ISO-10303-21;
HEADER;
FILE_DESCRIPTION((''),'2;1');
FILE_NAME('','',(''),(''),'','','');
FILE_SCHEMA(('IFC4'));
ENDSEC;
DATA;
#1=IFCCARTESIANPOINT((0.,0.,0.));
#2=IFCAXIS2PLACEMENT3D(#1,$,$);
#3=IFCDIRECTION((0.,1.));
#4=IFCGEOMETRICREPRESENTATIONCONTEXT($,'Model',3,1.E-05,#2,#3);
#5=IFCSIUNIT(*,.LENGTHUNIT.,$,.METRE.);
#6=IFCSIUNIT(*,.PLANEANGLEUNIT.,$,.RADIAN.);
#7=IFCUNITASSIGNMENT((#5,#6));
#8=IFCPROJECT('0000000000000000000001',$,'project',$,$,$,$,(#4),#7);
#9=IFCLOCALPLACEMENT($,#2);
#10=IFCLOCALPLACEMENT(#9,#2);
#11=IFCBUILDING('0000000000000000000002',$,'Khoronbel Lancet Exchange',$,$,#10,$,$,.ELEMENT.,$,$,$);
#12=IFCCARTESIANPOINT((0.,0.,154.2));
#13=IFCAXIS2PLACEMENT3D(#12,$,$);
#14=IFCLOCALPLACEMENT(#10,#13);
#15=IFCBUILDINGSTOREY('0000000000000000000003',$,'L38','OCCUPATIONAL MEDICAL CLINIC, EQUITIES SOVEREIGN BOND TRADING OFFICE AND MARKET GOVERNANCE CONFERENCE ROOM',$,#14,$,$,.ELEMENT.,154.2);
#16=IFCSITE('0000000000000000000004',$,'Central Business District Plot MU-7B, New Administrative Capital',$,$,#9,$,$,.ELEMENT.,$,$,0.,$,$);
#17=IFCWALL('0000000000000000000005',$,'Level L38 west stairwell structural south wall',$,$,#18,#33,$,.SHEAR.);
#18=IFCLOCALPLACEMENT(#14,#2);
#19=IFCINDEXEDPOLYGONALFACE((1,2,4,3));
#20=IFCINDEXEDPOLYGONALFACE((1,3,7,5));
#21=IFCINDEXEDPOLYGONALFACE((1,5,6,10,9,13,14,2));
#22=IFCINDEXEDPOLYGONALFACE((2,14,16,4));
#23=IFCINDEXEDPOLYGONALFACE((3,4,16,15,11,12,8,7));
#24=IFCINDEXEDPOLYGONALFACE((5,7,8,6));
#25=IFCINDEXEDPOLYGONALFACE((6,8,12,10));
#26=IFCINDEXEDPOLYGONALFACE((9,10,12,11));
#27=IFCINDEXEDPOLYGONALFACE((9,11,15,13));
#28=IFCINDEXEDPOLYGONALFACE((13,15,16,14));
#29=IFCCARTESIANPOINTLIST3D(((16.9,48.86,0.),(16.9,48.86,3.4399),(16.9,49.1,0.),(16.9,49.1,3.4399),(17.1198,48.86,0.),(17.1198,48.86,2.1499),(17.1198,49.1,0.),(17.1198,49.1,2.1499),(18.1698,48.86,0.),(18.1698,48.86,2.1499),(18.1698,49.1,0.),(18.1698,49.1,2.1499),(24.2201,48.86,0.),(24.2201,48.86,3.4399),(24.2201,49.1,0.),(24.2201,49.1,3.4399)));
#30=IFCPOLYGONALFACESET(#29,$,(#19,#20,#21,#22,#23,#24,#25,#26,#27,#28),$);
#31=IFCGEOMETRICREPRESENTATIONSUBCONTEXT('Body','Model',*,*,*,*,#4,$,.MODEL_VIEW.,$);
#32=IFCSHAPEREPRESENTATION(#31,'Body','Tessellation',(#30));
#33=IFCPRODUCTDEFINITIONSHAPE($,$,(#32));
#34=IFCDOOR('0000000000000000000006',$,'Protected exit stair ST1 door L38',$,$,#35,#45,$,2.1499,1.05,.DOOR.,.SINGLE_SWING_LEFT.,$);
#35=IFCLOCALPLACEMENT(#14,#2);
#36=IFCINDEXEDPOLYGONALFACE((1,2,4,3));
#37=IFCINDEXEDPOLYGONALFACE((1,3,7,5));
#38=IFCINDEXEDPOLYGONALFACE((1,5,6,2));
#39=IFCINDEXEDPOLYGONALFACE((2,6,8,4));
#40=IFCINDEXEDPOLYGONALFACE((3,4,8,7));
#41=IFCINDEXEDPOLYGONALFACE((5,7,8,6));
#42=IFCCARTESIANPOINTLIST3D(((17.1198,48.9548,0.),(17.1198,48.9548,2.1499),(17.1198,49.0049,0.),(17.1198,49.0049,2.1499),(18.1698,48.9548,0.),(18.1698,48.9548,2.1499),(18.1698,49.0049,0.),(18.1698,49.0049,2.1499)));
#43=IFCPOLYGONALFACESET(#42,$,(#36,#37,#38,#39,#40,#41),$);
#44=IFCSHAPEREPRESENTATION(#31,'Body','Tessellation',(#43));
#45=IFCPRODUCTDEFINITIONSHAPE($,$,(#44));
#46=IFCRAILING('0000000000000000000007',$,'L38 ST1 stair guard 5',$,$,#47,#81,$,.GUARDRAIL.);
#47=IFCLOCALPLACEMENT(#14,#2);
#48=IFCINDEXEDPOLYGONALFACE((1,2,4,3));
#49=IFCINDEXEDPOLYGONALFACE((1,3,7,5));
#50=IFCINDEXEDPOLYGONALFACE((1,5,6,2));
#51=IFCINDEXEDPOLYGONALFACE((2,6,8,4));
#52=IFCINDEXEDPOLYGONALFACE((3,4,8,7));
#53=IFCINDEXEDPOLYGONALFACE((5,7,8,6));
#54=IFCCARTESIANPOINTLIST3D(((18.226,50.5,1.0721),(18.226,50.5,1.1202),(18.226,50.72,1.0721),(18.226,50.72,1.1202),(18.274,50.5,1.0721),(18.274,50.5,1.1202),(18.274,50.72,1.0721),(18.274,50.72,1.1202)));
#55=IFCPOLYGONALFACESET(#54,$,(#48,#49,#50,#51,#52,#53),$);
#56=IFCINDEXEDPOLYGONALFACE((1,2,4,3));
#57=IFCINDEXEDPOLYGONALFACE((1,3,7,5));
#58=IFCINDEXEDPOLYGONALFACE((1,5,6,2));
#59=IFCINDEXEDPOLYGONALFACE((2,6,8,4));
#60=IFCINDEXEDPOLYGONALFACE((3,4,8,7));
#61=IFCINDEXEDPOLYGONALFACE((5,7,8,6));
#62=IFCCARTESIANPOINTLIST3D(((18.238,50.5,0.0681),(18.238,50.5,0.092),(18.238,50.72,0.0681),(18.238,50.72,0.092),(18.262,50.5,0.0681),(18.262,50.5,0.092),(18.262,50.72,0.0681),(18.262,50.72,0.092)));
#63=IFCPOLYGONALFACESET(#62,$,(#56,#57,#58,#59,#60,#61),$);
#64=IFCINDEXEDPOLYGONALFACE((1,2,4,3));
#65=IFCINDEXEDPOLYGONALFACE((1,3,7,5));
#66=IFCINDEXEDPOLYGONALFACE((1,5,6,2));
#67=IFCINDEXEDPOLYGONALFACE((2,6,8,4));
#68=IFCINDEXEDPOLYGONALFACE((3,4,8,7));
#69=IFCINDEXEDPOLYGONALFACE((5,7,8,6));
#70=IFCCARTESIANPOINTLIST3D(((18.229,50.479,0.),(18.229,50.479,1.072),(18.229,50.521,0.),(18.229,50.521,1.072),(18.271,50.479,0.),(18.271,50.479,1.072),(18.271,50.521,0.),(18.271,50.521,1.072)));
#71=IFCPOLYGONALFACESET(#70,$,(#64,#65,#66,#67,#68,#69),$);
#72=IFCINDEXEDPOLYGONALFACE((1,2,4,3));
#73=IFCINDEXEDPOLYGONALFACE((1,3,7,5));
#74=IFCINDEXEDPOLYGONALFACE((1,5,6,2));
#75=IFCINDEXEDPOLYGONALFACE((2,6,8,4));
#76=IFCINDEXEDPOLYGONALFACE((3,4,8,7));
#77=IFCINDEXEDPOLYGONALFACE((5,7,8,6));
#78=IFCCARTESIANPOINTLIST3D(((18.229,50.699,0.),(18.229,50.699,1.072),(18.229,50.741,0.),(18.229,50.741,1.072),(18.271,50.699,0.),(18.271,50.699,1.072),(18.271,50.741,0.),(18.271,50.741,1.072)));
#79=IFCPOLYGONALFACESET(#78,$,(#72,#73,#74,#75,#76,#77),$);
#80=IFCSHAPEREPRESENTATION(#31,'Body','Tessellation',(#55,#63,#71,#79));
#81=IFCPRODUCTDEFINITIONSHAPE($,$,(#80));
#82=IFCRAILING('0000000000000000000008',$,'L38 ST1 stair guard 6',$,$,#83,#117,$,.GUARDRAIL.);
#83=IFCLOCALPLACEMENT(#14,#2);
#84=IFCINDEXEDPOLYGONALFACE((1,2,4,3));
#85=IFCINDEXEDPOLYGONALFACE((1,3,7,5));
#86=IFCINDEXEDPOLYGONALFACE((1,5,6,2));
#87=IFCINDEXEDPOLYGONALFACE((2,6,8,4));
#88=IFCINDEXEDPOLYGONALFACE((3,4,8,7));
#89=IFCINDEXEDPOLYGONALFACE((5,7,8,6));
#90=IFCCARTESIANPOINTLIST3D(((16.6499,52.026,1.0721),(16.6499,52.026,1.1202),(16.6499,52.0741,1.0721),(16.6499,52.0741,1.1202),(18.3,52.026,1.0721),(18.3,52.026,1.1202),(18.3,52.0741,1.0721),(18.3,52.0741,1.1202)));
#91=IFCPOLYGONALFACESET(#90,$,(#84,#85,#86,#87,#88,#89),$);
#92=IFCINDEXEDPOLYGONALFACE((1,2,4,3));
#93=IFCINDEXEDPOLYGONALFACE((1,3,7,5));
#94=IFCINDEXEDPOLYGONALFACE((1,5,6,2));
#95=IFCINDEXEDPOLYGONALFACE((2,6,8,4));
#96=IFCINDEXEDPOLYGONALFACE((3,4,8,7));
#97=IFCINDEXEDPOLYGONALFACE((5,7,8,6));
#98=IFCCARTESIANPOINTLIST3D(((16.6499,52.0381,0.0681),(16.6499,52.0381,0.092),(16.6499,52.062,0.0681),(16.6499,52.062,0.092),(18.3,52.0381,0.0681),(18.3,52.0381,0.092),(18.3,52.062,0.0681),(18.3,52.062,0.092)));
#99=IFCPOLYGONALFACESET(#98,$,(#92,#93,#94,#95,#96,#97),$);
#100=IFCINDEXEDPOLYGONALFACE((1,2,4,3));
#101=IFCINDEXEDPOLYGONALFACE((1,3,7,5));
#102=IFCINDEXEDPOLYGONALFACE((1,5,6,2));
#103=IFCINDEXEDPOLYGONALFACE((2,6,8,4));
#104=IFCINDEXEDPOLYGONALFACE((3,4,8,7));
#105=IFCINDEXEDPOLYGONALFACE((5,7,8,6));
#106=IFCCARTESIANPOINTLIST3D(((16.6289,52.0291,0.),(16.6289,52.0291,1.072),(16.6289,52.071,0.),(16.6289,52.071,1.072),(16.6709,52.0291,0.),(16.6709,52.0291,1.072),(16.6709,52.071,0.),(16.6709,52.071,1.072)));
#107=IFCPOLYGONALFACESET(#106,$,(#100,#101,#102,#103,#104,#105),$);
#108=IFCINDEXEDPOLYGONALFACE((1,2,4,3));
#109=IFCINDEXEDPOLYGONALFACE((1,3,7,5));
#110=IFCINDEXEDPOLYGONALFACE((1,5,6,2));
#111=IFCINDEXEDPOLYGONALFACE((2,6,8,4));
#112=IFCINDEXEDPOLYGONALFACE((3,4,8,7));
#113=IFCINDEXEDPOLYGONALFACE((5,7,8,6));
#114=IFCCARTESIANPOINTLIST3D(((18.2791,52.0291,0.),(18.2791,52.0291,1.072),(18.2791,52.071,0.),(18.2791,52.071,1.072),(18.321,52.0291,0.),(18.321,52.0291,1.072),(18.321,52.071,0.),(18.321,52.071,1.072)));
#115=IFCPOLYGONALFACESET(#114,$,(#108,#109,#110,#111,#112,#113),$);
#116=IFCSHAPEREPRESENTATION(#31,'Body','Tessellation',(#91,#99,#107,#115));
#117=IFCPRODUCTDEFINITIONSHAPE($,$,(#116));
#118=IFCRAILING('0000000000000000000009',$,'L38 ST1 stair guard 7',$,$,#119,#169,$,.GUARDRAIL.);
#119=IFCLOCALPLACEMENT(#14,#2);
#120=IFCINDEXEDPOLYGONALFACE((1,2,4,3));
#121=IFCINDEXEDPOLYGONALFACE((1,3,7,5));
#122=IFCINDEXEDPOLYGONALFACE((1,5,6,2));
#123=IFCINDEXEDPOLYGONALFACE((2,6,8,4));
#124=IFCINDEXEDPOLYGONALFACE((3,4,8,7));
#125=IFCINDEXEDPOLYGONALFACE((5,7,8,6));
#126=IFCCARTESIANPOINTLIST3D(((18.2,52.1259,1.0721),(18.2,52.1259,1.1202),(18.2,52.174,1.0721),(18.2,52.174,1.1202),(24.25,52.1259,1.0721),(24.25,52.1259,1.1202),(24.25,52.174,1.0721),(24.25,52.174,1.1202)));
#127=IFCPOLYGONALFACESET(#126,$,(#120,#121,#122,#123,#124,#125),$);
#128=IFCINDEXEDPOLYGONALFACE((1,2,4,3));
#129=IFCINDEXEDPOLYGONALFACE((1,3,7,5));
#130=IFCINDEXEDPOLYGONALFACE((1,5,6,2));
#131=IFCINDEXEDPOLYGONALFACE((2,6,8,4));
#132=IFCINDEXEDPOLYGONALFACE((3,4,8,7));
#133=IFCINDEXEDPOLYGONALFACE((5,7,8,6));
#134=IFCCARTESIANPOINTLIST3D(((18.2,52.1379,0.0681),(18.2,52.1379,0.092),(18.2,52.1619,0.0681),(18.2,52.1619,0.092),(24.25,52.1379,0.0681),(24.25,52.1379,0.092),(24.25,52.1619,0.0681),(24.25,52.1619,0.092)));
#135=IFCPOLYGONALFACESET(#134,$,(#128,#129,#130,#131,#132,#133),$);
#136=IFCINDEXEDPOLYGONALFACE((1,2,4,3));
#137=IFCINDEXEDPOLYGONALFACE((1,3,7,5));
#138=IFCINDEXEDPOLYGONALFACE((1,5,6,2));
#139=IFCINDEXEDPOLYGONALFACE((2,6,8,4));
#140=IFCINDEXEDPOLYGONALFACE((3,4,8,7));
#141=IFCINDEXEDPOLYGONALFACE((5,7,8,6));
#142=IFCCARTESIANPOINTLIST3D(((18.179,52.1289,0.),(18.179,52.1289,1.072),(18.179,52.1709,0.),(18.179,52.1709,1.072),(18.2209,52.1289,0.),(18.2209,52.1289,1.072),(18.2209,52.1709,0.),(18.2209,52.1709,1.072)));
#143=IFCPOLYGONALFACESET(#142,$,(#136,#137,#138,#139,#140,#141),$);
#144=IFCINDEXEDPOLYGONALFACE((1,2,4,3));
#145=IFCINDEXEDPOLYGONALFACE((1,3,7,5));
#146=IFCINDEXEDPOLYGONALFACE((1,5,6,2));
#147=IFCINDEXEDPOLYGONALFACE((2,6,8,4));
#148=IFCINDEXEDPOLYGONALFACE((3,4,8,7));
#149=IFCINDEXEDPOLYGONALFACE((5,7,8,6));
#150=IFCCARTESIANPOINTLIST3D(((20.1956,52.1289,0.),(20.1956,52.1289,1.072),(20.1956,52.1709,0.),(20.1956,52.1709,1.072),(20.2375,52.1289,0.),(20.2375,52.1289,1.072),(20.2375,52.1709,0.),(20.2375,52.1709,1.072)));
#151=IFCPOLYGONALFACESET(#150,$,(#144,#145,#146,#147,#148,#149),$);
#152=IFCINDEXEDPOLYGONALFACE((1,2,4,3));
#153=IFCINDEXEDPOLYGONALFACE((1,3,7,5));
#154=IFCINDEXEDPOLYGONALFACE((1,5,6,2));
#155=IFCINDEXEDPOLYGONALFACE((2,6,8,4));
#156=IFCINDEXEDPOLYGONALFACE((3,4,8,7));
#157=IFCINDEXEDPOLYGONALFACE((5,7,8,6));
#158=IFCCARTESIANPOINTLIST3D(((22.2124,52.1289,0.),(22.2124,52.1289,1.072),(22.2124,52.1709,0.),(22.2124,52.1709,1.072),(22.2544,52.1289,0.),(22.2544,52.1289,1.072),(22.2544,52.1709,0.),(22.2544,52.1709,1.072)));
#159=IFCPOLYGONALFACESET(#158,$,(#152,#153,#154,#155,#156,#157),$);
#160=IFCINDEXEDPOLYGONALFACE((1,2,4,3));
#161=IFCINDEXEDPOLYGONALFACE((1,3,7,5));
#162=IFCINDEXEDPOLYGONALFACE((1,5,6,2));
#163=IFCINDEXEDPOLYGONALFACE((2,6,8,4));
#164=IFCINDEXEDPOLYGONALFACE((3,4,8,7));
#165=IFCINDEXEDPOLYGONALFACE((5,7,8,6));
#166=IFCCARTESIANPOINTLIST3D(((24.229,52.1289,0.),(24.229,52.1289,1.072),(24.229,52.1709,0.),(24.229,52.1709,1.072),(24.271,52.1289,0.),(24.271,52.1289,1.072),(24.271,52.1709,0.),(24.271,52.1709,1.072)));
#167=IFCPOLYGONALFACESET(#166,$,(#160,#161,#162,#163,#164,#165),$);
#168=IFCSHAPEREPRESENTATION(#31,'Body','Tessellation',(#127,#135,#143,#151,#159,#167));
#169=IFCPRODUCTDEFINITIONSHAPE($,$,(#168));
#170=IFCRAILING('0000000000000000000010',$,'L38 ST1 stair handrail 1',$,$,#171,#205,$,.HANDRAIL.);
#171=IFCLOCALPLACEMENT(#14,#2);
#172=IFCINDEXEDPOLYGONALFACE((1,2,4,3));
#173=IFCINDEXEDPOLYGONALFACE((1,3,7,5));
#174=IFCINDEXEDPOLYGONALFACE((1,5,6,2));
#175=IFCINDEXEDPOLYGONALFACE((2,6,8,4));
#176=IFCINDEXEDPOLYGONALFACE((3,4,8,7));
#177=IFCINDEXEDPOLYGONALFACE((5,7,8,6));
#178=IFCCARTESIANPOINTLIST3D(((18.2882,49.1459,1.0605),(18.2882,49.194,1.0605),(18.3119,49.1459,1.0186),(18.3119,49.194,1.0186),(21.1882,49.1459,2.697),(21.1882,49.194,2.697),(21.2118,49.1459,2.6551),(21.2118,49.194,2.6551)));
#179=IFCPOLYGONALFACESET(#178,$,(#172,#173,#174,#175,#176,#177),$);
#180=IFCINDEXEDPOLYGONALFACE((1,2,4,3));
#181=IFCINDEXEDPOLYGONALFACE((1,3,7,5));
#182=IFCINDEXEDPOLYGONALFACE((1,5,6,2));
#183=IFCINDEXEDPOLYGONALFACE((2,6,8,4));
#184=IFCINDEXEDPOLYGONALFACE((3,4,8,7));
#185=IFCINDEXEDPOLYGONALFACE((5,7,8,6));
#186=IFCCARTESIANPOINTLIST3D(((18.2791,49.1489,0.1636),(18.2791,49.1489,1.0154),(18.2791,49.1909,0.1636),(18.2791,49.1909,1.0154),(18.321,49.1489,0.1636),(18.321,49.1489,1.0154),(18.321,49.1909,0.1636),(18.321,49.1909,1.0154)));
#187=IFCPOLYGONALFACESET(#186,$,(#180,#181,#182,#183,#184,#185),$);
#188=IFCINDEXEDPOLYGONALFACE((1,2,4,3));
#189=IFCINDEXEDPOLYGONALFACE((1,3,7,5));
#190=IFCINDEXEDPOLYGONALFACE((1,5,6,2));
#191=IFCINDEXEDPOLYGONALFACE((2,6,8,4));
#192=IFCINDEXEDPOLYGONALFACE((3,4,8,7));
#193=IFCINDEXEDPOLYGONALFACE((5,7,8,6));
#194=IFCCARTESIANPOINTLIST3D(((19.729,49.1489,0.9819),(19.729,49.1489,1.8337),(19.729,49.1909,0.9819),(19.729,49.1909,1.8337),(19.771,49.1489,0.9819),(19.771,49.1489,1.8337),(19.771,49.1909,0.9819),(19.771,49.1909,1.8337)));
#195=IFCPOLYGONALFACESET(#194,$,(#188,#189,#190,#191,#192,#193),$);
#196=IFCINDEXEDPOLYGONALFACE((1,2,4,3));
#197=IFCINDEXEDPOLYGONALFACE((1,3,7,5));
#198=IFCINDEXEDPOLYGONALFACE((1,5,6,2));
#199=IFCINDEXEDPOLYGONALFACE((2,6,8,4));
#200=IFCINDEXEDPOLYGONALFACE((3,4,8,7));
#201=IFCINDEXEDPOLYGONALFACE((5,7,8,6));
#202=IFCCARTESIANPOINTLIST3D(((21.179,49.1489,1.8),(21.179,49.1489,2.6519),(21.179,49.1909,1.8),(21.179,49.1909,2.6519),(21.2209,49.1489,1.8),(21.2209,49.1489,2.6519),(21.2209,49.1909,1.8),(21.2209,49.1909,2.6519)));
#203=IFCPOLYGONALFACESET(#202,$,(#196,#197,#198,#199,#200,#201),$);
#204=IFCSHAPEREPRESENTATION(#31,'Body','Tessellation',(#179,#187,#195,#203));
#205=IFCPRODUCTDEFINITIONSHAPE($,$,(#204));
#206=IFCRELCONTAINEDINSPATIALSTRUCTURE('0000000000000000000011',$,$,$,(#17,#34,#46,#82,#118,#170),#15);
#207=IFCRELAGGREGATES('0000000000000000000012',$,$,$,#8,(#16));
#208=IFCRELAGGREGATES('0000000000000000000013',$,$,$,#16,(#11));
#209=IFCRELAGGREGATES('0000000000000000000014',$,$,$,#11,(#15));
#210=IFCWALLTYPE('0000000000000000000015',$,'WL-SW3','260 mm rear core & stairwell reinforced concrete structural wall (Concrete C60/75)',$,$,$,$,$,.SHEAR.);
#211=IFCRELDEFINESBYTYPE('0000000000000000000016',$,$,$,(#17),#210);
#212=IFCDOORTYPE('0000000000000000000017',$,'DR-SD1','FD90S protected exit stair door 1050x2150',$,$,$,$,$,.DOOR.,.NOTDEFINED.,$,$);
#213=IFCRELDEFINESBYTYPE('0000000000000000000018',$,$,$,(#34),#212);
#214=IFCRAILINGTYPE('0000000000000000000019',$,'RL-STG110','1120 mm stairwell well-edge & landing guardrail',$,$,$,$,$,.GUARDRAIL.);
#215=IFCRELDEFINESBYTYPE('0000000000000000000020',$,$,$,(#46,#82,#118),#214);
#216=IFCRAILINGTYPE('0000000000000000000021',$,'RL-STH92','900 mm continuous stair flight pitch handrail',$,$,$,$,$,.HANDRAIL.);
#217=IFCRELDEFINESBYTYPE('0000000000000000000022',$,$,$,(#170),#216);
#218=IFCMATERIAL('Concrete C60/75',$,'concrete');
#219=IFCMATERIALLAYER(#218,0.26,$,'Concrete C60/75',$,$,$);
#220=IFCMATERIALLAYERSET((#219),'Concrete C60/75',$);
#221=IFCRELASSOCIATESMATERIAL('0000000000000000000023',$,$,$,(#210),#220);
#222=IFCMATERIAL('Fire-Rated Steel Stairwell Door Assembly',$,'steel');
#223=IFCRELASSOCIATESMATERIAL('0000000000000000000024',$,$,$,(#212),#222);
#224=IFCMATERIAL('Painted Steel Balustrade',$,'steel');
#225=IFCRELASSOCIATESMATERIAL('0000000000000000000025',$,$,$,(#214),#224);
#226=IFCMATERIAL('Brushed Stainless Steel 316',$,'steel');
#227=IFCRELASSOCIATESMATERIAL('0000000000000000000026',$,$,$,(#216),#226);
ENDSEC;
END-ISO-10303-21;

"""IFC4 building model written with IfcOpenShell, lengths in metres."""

from ifc_helpers import new_model, si_unit, direction, frame, frame_2d, origin, origin_2d, place, context, subcontext, project, spatial, rectangle, extrude, material, layer, layer_set, type_object, element, fill, save


model = new_model("IFC4")

# Units and contexts
model_context = context("Model", 3, precision=1e-05, world=origin(), true_north=direction((0.0, 1.0)))
body_context = subcontext(model_context, "Body", "Model", "MODEL_VIEW")
ifc_project = project(units=[si_unit("LENGTHUNIT", "METRE"), si_unit("PLANEANGLEUNIT", "RADIAN")], contexts=[model_context])

# Site, building, storey
site_placement = place(None, origin())
site = spatial("IfcSite", under=ifc_project, at=site_placement, Name="Central Business District Plot MU-7B, New Administrative Capital", CompositionType="ELEMENT", RefElevation=0.0)
building_placement = place(site_placement, origin())
building = spatial("IfcBuilding", under=site, at=building_placement, Name="Khoronbel Lancet Exchange", CompositionType="ELEMENT")
storey_placement = place(building_placement, frame((0.0, 0.0, 154.2)))
storey = spatial("IfcBuildingStorey", under=building, at=storey_placement, Name="L38", Description="OCCUPATIONAL MEDICAL CLINIC, EQUITIES SOVEREIGN BOND TRADING OFFICE AND MARKET GOVERNANCE CONFERENCE ROOM", CompositionType="ELEMENT", Elevation=154.2)

# Wall, opening, door
ifc_material_1 = material(Name="Concrete C60/75", Category="concrete")
ifc_layer_1 = layer(ifc_material_1, 0.26, Name="Concrete C60/75")
ifc_layer_set_1 = layer_set([ifc_layer_1], Name="Concrete C60/75")
wall_type_1 = type_object("IfcWallType", Name="WL-SW3", Description="260 mm rear core & stairwell reinforced concrete structural wall (Concrete C60/75)", PredefinedType="SHEAR", material=ifc_layer_set_1)
wall_1_placement = place(storey_placement, frame((16.8999, 48.98, 0.0), z_axis=(0.0, 0.0, 1.0), x_axis=(1.0, 0.0, 0.0)))
wall_1 = element("IfcWall", 1, at=wall_1_placement, inside=storey, type_object=wall_type_1, Name="Level L38 west stairwell structural south wall", PredefinedType="SHEAR", context=body_context, shape_type="SweptSolid", body=[
    extrude(rectangle(XDim=7.3201, YDim=0.24, at=frame_2d((3.6602, 0.0))), origin(), (0.0, 0.0, 1.0), 3.4399),
])
opening_placement = place(wall_1_placement, frame((0.22, 0.0, 0.0)))
opening = element("IfcOpeningElement", 2, at=opening_placement, cuts=wall_1, PredefinedType="OPENING", context=body_context, shape_type="SweptSolid", body=[
    extrude(rectangle(XDim=1.05, YDim=2.1499, at=frame_2d((0.5249, 1.075))), frame((0.0, 0.1299, 0.0), z_axis=(0.0, -1.0, 0.0), x_axis=(1.0, 0.0, 0.0)), (0.0, 0.0, 1.0), 0.26),
])
ifc_material_2 = material(Name="Fire-Rated Steel Stairwell Door Assembly", Category="steel")
door_type = type_object("IfcDoorType", Name="DR-SD1", Description="FD90S protected exit stair door 1050x2150", OperationType="NOTDEFINED", PredefinedType="DOOR", material=ifc_material_2)
door_placement = place(opening_placement, origin())
door = element("IfcDoor", 3, at=door_placement, inside=storey, type_object=door_type, Name="Protected exit stair ST1 door L38", OperationType="SINGLE_SWING_LEFT", OverallHeight=2.1499, OverallWidth=1.05, PredefinedType="DOOR", context=body_context, shape_type="SweptSolid", body=[
    extrude(rectangle(XDim=1.05, YDim=2.1499, at=frame_2d((0.5249, 1.075))), frame((0.0, 0.0249, 0.0), z_axis=(0.0, -1.0, 0.0), x_axis=(1.0, 0.0, 0.0)), (0.0, 0.0, 1.0), 0.05),
])
fill(opening, door)

# Railings
ifc_material_3 = material(Name="Painted Steel Balustrade", Category="steel")
railing_type_1 = type_object("IfcRailingType", Name="RL-STG110", Description="1120 mm stairwell well-edge & landing guardrail", PredefinedType="GUARDRAIL", material=ifc_material_3)
railing_1_placement = place(storey_placement, frame((18.25, 50.5, 0.0)))
element("IfcRailing", 4, at=railing_1_placement, inside=storey, type_object=railing_type_1, Name="L38 ST1 stair guard 5", PredefinedType="GUARDRAIL", context=body_context, shape_type="SweptSolid", body=[
    extrude(rectangle(XDim=0.0481, YDim=0.0481, at=origin_2d()), frame((0.0, 0.0, 1.0962), z_axis=(0.0, 1.0, 0.0), x_axis=(-1.0, 0.0, 0.0)), (0.0, 0.0, 1.0), 0.22),
    extrude(rectangle(XDim=0.0239, YDim=0.0239, at=origin_2d()), frame((0.0, 0.0, 0.0801), z_axis=(0.0, 1.0, 0.0), x_axis=(-1.0, 0.0, 0.0)), (0.0, 0.0, 1.0), 0.22),
    extrude(rectangle(XDim=0.042, YDim=0.042, at=origin_2d()), origin(), (0.0, 0.0, 1.0), 1.072),
    extrude(rectangle(XDim=0.042, YDim=0.042, at=origin_2d()), frame((0.0, 0.22, 0.0)), (0.0, 0.0, 1.0), 1.072),
])
railing_2_placement = place(storey_placement, frame((16.6499, 52.05, 0.0)))
element("IfcRailing", 5, at=railing_2_placement, inside=storey, type_object=railing_type_1, Name="L38 ST1 stair guard 6", PredefinedType="GUARDRAIL", context=body_context, shape_type="SweptSolid", body=[
    extrude(rectangle(XDim=0.0481, YDim=0.0481, at=origin_2d()), frame((0.0, 0.0, 1.0962), z_axis=(1.0, 0.0, 0.0), x_axis=(0.0, 1.0, 0.0)), (0.0, 0.0, 1.0), 1.6501),
    extrude(rectangle(XDim=0.0239, YDim=0.0239, at=origin_2d()), frame((0.0, 0.0, 0.0801), z_axis=(1.0, 0.0, 0.0), x_axis=(0.0, 1.0, 0.0)), (0.0, 0.0, 1.0), 1.6501),
    extrude(rectangle(XDim=0.042, YDim=0.042, at=origin_2d()), origin(), (0.0, 0.0, 1.0), 1.072),
    extrude(rectangle(XDim=0.042, YDim=0.042, at=origin_2d()), frame((1.6501, 0.0, 0.0)), (0.0, 0.0, 1.0), 1.072),
])
railing_3_placement = place(storey_placement, frame((18.2, 52.1499, 0.0)))
element("IfcRailing", 6, at=railing_3_placement, inside=storey, type_object=railing_type_1, Name="L38 ST1 stair guard 7", PredefinedType="GUARDRAIL", context=body_context, shape_type="SweptSolid", body=[
    extrude(rectangle(XDim=0.0481, YDim=0.0481, at=origin_2d()), frame((0.0, 0.0, 1.0962), z_axis=(1.0, 0.0, 0.0), x_axis=(0.0, 1.0, 0.0)), (0.0, 0.0, 1.0), 6.05),
    extrude(rectangle(XDim=0.0239, YDim=0.0239, at=origin_2d()), frame((0.0, 0.0, 0.0801), z_axis=(1.0, 0.0, 0.0), x_axis=(0.0, 1.0, 0.0)), (0.0, 0.0, 1.0), 6.05),
    extrude(rectangle(XDim=0.042, YDim=0.042, at=origin_2d()), origin(), (0.0, 0.0, 1.0), 1.072),
    extrude(rectangle(XDim=0.042, YDim=0.042, at=origin_2d()), frame((2.0166, 0.0, 0.0)), (0.0, 0.0, 1.0), 1.072),
    extrude(rectangle(XDim=0.042, YDim=0.042, at=origin_2d()), frame((4.0334, 0.0, 0.0)), (0.0, 0.0, 1.0), 1.072),
    extrude(rectangle(XDim=0.042, YDim=0.042, at=origin_2d()), frame((6.05, 0.0, 0.0)), (0.0, 0.0, 1.0), 1.072),
])
ifc_material_4 = material(Name="Brushed Stainless Steel 316", Category="steel")
railing_type_2 = type_object("IfcRailingType", Name="RL-STH92", Description="900 mm continuous stair flight pitch handrail", PredefinedType="HANDRAIL", material=ifc_material_4)
railing_4_placement = place(storey_placement, frame((18.3, 49.1699, 0.1636)))
element("IfcRailing", 7, at=railing_4_placement, inside=storey, type_object=railing_type_2, Name="L38 ST1 stair handrail 1", PredefinedType="HANDRAIL", context=body_context, shape_type="SweptSolid", body=[
    extrude(rectangle(XDim=0.0481, YDim=0.0481, at=origin_2d()), frame((0.0, 0.0, 0.876), z_axis=(0.870897, 0.0, 0.491465), x_axis=(0.0, 1.0, 0.0)), (0.0, 0.0, 1.0), 3.3298),
    extrude(rectangle(XDim=0.042, YDim=0.042, at=origin_2d()), origin(), (0.0, 0.0, 1.0), 0.8518),
    extrude(rectangle(XDim=0.042, YDim=0.042, at=origin_2d()), frame((1.45, 0.0, 0.8184)), (0.0, 0.0, 1.0), 0.8518),
    extrude(rectangle(XDim=0.042, YDim=0.042, at=origin_2d()), frame((2.8999, 0.0, 1.6365)), (0.0, 0.0, 1.0), 0.8518),
])

save(model, "model.ifc")
